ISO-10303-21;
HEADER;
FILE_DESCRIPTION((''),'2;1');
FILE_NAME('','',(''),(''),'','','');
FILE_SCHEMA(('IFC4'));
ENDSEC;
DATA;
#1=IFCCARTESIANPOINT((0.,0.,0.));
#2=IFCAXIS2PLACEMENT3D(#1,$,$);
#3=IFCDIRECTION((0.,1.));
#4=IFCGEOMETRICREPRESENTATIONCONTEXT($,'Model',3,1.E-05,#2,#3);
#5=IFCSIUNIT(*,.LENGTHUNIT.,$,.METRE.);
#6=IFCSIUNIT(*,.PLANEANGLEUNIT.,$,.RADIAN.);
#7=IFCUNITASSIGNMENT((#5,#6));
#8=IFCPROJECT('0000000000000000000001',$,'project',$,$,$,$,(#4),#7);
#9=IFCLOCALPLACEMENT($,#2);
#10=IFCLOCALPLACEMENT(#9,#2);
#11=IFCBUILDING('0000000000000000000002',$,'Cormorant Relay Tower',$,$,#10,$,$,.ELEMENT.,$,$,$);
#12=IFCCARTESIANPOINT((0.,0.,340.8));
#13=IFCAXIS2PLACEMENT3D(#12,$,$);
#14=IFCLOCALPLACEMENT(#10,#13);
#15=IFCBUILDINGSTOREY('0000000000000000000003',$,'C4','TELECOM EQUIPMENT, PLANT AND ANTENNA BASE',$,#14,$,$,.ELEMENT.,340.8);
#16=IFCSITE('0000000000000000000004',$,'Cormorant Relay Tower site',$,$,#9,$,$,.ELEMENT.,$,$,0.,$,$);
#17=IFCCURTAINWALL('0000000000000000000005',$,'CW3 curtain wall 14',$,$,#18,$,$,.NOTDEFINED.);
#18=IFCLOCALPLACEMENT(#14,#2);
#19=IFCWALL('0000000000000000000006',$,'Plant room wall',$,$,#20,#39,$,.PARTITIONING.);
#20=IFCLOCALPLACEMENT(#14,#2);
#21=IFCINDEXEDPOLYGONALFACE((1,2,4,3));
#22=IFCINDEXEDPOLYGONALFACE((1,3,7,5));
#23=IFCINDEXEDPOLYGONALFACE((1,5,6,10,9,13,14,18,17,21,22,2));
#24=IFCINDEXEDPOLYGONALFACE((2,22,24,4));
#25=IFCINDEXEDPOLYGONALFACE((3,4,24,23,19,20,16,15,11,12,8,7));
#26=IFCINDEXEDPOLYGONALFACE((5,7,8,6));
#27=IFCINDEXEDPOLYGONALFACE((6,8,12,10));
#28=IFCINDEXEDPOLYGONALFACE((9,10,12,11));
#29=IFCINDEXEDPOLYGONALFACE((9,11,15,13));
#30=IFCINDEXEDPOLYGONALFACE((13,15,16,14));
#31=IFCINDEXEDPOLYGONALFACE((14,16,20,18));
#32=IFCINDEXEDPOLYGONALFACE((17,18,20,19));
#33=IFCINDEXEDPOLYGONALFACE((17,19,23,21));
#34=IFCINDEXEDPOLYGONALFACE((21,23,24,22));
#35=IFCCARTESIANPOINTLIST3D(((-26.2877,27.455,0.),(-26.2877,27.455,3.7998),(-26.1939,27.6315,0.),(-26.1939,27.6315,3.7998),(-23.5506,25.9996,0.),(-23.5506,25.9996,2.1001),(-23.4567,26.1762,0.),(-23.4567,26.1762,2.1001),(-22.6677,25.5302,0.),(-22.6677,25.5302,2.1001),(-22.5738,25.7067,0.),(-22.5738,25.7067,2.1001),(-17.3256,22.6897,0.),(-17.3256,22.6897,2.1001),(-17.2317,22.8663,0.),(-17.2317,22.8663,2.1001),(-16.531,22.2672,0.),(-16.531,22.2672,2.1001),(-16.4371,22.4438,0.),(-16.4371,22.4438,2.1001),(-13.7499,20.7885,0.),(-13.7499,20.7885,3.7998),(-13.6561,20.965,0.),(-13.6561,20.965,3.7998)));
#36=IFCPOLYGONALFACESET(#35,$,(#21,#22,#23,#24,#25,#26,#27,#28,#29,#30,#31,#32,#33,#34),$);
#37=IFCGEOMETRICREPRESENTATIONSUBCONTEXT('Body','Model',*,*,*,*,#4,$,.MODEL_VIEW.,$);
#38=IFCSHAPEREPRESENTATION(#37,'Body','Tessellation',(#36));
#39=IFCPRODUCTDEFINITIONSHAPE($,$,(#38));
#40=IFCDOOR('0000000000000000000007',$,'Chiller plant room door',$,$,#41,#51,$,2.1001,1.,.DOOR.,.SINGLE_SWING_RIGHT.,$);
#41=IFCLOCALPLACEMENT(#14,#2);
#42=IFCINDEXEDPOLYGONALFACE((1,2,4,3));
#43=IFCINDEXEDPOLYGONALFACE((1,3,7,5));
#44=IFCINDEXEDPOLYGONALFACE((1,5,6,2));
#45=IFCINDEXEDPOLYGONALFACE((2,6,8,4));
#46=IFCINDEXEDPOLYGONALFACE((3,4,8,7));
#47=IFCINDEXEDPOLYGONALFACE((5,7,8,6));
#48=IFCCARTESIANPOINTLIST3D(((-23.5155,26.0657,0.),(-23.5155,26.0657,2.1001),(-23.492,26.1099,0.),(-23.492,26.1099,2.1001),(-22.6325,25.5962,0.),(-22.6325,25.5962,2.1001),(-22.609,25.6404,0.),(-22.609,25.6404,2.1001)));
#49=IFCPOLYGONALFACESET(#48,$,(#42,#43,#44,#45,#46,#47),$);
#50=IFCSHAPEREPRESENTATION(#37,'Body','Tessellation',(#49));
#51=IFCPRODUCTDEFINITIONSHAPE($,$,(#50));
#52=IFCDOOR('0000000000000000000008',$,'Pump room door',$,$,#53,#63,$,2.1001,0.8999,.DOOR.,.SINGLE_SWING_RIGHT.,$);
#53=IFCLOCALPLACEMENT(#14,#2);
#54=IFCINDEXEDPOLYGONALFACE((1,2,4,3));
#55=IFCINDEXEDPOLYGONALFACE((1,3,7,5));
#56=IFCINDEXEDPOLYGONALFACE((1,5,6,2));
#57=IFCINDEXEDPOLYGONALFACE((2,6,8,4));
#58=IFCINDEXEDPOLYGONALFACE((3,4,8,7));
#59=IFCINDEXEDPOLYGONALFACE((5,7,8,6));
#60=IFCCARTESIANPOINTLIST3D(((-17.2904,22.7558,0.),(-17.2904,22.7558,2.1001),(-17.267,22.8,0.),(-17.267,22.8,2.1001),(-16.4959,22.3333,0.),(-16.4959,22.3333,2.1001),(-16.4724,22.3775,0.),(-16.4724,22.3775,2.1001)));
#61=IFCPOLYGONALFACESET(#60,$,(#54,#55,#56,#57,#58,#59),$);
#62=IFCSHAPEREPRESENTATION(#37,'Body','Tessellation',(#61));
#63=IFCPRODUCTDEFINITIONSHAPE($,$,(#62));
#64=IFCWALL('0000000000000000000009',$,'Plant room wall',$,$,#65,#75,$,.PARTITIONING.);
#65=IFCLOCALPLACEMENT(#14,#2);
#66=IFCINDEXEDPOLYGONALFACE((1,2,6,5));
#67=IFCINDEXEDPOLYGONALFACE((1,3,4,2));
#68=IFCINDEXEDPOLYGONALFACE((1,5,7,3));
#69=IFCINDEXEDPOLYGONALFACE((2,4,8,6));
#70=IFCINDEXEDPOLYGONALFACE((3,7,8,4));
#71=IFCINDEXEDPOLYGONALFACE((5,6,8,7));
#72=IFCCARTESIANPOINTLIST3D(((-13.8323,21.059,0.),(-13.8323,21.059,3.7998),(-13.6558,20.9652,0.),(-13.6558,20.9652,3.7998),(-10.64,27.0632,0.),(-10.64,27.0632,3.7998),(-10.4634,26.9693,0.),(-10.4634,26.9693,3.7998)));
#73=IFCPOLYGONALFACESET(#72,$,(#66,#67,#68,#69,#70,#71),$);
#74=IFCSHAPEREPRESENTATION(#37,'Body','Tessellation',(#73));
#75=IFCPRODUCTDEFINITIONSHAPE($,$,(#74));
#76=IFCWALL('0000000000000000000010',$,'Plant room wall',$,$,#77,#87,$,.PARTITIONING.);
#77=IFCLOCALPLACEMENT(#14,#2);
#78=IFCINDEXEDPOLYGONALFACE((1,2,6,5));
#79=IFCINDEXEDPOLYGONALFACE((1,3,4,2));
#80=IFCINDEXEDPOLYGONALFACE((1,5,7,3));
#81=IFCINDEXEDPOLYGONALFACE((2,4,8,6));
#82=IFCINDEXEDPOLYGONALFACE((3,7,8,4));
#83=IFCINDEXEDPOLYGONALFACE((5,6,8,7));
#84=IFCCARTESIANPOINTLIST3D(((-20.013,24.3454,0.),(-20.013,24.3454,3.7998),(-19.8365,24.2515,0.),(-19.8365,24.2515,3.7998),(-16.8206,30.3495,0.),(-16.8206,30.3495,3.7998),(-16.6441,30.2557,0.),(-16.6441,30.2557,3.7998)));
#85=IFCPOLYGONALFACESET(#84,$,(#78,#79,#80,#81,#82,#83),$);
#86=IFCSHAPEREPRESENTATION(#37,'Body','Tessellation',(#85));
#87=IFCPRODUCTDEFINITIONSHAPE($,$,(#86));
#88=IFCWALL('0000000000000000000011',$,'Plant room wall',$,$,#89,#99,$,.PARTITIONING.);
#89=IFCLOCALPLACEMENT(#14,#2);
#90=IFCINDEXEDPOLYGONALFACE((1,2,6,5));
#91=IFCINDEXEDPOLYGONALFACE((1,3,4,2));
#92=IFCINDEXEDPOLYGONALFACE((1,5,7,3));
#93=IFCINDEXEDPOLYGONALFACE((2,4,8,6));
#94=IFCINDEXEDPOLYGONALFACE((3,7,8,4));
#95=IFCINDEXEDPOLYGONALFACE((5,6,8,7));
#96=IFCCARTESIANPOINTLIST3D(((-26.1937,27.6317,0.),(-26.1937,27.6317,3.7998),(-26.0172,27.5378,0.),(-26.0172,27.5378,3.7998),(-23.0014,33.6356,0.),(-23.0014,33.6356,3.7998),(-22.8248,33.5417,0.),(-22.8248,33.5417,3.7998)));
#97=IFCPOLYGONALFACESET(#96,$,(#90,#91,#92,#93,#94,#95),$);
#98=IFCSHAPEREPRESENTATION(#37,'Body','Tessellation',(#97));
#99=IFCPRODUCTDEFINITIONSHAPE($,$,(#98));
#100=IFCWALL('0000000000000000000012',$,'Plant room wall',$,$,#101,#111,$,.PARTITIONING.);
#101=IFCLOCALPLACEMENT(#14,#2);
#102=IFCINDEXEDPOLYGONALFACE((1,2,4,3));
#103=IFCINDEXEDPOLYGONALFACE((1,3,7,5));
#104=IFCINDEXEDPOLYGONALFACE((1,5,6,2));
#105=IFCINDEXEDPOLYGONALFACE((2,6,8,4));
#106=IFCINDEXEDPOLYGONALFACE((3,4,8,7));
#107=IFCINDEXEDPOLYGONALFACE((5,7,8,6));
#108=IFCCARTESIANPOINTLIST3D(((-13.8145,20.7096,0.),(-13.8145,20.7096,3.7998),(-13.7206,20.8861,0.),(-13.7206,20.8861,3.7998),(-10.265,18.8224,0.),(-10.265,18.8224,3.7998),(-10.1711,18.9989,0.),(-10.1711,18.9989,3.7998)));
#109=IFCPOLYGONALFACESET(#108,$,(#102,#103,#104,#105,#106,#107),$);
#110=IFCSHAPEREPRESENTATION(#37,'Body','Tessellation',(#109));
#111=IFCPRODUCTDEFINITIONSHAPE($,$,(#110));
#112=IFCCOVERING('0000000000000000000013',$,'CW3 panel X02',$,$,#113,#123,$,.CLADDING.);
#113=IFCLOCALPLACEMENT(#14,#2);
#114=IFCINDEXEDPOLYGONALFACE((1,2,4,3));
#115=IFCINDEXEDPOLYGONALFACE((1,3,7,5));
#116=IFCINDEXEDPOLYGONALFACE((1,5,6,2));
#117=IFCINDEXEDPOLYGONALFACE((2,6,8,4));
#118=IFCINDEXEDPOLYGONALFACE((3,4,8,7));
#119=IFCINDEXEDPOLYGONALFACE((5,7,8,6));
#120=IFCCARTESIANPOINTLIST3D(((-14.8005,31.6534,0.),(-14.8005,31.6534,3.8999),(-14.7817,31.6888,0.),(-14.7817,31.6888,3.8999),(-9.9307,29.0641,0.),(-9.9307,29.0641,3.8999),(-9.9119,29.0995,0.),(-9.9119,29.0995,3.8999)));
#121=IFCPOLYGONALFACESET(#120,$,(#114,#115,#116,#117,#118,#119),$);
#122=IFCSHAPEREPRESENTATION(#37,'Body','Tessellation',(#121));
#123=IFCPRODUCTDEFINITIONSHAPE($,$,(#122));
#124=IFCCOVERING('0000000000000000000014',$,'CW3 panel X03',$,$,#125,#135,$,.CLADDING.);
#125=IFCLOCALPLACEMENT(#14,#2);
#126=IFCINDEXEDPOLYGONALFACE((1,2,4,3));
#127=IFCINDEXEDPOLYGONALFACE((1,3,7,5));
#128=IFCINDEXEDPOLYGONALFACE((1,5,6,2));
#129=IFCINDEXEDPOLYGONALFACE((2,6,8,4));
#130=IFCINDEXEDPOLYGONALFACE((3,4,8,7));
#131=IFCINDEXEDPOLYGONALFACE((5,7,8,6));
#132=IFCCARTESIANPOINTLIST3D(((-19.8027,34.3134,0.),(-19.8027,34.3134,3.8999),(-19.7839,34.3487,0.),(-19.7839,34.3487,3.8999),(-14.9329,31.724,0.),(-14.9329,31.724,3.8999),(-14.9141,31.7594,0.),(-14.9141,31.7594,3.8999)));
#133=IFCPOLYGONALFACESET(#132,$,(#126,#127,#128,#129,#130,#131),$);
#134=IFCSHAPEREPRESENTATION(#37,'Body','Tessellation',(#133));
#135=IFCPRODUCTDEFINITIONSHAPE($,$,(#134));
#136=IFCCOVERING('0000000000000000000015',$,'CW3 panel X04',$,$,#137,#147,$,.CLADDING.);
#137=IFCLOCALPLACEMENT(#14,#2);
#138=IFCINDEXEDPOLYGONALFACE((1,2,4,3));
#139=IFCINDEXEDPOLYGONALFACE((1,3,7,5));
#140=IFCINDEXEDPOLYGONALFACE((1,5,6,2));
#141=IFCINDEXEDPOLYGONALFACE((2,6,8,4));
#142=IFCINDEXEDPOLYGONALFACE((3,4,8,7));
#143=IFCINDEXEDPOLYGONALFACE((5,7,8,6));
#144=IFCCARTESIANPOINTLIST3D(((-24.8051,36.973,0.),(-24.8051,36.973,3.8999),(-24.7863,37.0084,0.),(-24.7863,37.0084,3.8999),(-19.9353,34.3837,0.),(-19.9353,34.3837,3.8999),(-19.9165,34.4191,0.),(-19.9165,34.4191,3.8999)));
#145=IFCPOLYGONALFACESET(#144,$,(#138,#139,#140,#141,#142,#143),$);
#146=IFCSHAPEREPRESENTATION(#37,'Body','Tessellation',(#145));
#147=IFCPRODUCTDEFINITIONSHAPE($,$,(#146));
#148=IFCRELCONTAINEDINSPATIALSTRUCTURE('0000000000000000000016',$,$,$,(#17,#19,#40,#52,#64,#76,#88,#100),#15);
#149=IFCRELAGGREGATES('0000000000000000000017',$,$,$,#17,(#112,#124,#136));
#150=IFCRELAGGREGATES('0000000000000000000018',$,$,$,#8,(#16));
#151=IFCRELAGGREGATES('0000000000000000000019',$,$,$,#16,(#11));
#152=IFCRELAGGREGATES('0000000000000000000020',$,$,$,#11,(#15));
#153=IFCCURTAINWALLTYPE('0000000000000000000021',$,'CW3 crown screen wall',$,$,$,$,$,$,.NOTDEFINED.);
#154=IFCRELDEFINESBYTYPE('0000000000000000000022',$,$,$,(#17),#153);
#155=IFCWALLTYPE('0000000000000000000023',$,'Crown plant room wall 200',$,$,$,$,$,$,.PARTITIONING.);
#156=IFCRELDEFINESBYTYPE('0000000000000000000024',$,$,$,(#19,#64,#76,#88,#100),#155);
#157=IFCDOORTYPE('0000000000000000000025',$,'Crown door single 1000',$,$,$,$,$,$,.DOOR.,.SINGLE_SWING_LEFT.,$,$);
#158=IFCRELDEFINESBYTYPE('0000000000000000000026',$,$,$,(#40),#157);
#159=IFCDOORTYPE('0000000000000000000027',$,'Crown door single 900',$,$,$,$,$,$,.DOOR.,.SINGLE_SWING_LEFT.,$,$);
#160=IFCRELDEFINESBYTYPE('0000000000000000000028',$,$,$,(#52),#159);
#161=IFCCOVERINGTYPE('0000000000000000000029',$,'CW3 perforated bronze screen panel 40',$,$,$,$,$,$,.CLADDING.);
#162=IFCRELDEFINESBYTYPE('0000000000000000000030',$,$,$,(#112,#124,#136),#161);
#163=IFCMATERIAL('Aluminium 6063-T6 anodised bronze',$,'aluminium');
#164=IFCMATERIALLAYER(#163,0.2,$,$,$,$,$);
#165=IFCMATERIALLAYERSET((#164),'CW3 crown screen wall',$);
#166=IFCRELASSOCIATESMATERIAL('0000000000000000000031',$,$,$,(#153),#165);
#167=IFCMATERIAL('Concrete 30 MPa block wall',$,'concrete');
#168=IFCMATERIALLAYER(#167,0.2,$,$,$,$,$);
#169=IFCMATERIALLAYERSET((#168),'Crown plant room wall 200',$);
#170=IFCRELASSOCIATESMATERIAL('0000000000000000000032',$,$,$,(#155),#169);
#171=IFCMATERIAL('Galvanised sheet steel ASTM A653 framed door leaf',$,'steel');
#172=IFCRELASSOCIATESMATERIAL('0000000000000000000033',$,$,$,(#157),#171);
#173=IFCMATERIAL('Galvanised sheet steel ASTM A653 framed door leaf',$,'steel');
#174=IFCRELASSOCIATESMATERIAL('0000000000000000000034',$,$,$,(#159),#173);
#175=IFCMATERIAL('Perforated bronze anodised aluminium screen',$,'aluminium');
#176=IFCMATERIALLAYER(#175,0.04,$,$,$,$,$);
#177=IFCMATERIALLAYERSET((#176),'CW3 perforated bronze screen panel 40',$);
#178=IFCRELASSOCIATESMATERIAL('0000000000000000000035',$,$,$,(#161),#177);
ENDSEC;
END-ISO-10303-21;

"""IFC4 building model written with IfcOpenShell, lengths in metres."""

from ifc_helpers import new_model, si_unit, direction, frame, frame_2d, origin, origin_2d, place, context, subcontext, project, spatial, rectangle, extrude, material, layer, layer_set, type_object, element, fill, aggregate, save


model = new_model("IFC4")

# Units and contexts
model_context = context("Model", 3, precision=1e-05, world=origin(), true_north=direction((0.0, 1.0)))
body_context = subcontext(model_context, "Body", "Model", "MODEL_VIEW")
ifc_project = project(units=[si_unit("LENGTHUNIT", "METRE"), si_unit("PLANEANGLEUNIT", "RADIAN")], contexts=[model_context])

# Site, building, storey
site_placement = place(None, origin())
site = spatial("IfcSite", under=ifc_project, at=site_placement, Name="Cormorant Relay Tower site", CompositionType="ELEMENT", RefElevation=0.0)
building_placement = place(site_placement, origin())
building = spatial("IfcBuilding", under=site, at=building_placement, Name="Cormorant Relay Tower", CompositionType="ELEMENT")
storey_placement = place(building_placement, frame((0.0, 0.0, 340.8)))
storey = spatial("IfcBuildingStorey", under=building, at=storey_placement, Name="C4", Description="TELECOM EQUIPMENT, PLANT AND ANTENNA BASE", CompositionType="ELEMENT", Elevation=340.8)

# Curtain wall
ifc_material_1 = material(Name="Aluminium 6063-T6 anodised bronze", Category="aluminium")
ifc_layer_1 = layer(ifc_material_1, 0.2)
ifc_layer_set_1 = layer_set([ifc_layer_1], Name="CW3 crown screen wall")
curtain_wall_type = type_object("IfcCurtainWallType", Name="CW3 crown screen wall", PredefinedType="NOTDEFINED", material=ifc_layer_set_1)
curtain_wall_placement = place(storey_placement, origin())
curtain_wall = element("IfcCurtainWall", 1, at=curtain_wall_placement, inside=storey, type_object=curtain_wall_type, Name="CW3 curtain wall 14", PredefinedType="NOTDEFINED")

# Shared definitions
ifc_material_2 = material(Name="Concrete 30 MPa block wall", Category="concrete")
ifc_layer_2 = layer(ifc_material_2, 0.2)
ifc_layer_set_2 = layer_set([ifc_layer_2], Name="Crown plant room wall 200")
wall_type_1 = type_object("IfcWallType", Name="Crown plant room wall 200", PredefinedType="PARTITIONING", material=ifc_layer_set_2)

# Wall, openings, doors
wall_1_placement = place(storey_placement, frame((-13.7029, 20.8767, 0.0), z_axis=(0.0, 0.0, 1.0), x_axis=(-0.882947, 0.469472, 0.0)))
wall_1 = element("IfcWall", 2, at=wall_1_placement, inside=storey, type_object=wall_type_1, Name="Plant room wall", PredefinedType="PARTITIONING", context=body_context, shape_type="SweptSolid", body=[
    extrude(rectangle(XDim=14.2, YDim=0.2, at=frame_2d((7.1001, 0.0))), origin(), (0.0, 0.0, 1.0), 3.7998),
])
opening_1_placement = place(wall_1_placement, frame((3.1499, 0.0, 0.0)))
opening_1 = element("IfcOpeningElement", 3, at=opening_1_placement, cuts=wall_1, PredefinedType="OPENING", context=body_context, shape_type="SweptSolid", body=[
    extrude(rectangle(XDim=0.8999, YDim=2.1001, at=frame_2d((0.45, 1.05))), frame((0.0, 0.1099, 0.0), z_axis=(0.0, -1.0, 0.0), x_axis=(1.0, 0.0, 0.0)), (0.0, 0.0, 1.0), 0.22),
])
opening_2_placement = place(wall_1_placement, frame((10.1001, 0.0, 0.0)))
opening_2 = element("IfcOpeningElement", 4, at=opening_2_placement, cuts=wall_1, PredefinedType="OPENING", context=body_context, shape_type="SweptSolid", body=[
    extrude(rectangle(XDim=1.0, YDim=2.1001, at=frame_2d((0.5, 1.05))), frame((0.0, 0.1099, 0.0), z_axis=(0.0, -1.0, 0.0), x_axis=(1.0, 0.0, 0.0)), (0.0, 0.0, 1.0), 0.22),
])
ifc_material_3 = material(Name="Galvanised sheet steel ASTM A653 framed door leaf", Category="steel")
door_type_1 = type_object("IfcDoorType", Name="Crown door single 1000", OperationType="SINGLE_SWING_LEFT", PredefinedType="DOOR", material=ifc_material_3)
door_1_placement = place(opening_2_placement, frame((1.0, 0.0, 0.0), z_axis=(0.0, 0.0, 1.0), x_axis=(-1.0, 0.0, 0.0)))
door_1 = element("IfcDoor", 5, at=door_1_placement, inside=storey, type_object=door_type_1, Name="Chiller plant room door", OperationType="SINGLE_SWING_RIGHT", OverallHeight=2.1001, OverallWidth=1.0, PredefinedType="DOOR", context=body_context, shape_type="SweptSolid", body=[
    extrude(rectangle(XDim=1.0, YDim=2.1001, at=frame_2d((0.5, 1.05))), frame((0.0, 0.0249, 0.0), z_axis=(0.0, -1.0, 0.0), x_axis=(1.0, 0.0, 0.0)), (0.0, 0.0, 1.0), 0.05),
])
fill(opening_2, door_1)
ifc_material_4 = material(Name="Galvanised sheet steel ASTM A653 framed door leaf", Category="steel")
door_type_2 = type_object("IfcDoorType", Name="Crown door single 900", OperationType="SINGLE_SWING_LEFT", PredefinedType="DOOR", material=ifc_material_4)
door_2_placement = place(opening_1_placement, frame((0.8999, 0.0, 0.0), z_axis=(0.0, 0.0, 1.0), x_axis=(-1.0, 0.0, 0.0)))
door_2 = element("IfcDoor", 6, at=door_2_placement, inside=storey, type_object=door_type_2, Name="Pump room door", OperationType="SINGLE_SWING_RIGHT", OverallHeight=2.1001, OverallWidth=0.8999, PredefinedType="DOOR", context=body_context, shape_type="SweptSolid", body=[
    extrude(rectangle(XDim=0.8999, YDim=2.1001, at=frame_2d((0.45, 1.05))), frame((0.0, 0.0249, 0.0), z_axis=(0.0, -1.0, 0.0), x_axis=(1.0, 0.0, 0.0)), (0.0, 0.0, 1.0), 0.05),
])
fill(opening_1, door_2)

# Walls
for number, where, z_axis, x_axis, name in (
    (7, (-10.5518, 27.0161, 0.0), (0.0, 0.0, 1.0), (-0.469462, -0.882953, 0.0), "Plant room wall"),
    (8, (-16.7324, 30.3025, 0.0), (0.0, 0.0, 1.0), (-0.469462, -0.882953, 0.0), "Plant room wall"),
):
    element("IfcWall", number, at=place(storey_placement, frame(where, z_axis=z_axis, x_axis=x_axis)), inside=storey, type_object=wall_type_1, Name=name, PredefinedType="PARTITIONING", context=body_context, shape_type="SweptSolid", body=[
        extrude(rectangle(XDim=6.8, YDim=0.2, at=frame_2d((3.3999, 0.0))), origin(), (0.0, 0.0, 1.0), 3.7998),
    ])
wall_2_placement = place(storey_placement, frame((-22.9131, 33.5886, 0.0), z_axis=(0.0, 0.0, 1.0), x_axis=(-0.469477, -0.882945, 0.0)))
element("IfcWall", 9, at=wall_2_placement, inside=storey, type_object=wall_type_1, Name="Plant room wall", PredefinedType="PARTITIONING", context=body_context, shape_type="SweptSolid", body=[
    extrude(rectangle(XDim=6.7998, YDim=0.2, at=frame_2d((3.3999, 0.0))), origin(), (0.0, 0.0, 1.0), 3.7998),
])
wall_3_placement = place(storey_placement, frame((-13.7676, 20.7979, 0.0), z_axis=(0.0, 0.0, 1.0), x_axis=(0.882961, -0.469447, 0.0)))
element("IfcWall", 10, at=wall_3_placement, inside=storey, type_object=wall_type_1, Name="Plant room wall", PredefinedType="PARTITIONING", context=body_context, shape_type="SweptSolid", body=[
    extrude(rectangle(XDim=4.02, YDim=0.2, at=frame_2d((2.01, 0.0))), origin(), (0.0, 0.0, 1.0), 3.7998),
])

# Coverings
ifc_material_5 = material(Name="Perforated bronze anodised aluminium screen", Category="aluminium")
ifc_layer_3 = layer(ifc_material_5, 0.04)
ifc_layer_set_3 = layer_set([ifc_layer_3], Name="CW3 perforated bronze screen panel 40")
covering_type = type_object("IfcCoveringType", Name="CW3 perforated bronze screen panel 40", PredefinedType="CLADDING", material=ifc_layer_set_3)
covering_1_placement = place(storey_placement, frame((-12.3562, 30.3765, 0.0), z_axis=(0.0, 0.0, 1.0), x_axis=(-0.882948, 0.469472, 0.0)))
covering_1 = element("IfcCovering", 11, at=covering_1_placement, type_object=covering_type, Name="CW3 panel X02", PredefinedType="CLADDING", context=body_context, shape_type="SweptSolid", body=[
    extrude(rectangle(XDim=5.5154, YDim=0.04, at=origin_2d()), origin(), (0.0, 0.0, 1.0), 3.8999),
])
covering_2_placement = place(storey_placement, frame((-17.3584, 33.0364, 0.0), z_axis=(0.0, 0.0, 1.0), x_axis=(-0.882948, 0.469472, 0.0)))
covering_2 = element("IfcCovering", 12, at=covering_2_placement, type_object=covering_type, Name="CW3 panel X03", PredefinedType="CLADDING", context=body_context, shape_type="SweptSolid", body=[
    extrude(rectangle(XDim=5.5154, YDim=0.04, at=origin_2d()), origin(), (0.0, 0.0, 1.0), 3.8999),
])
covering_3_placement = place(storey_placement, frame((-22.3608, 35.696, 0.0), z_axis=(0.0, 0.0, 1.0), x_axis=(-0.882948, 0.469472, 0.0)))
covering_3 = element("IfcCovering", 13, at=covering_3_placement, type_object=covering_type, Name="CW3 panel X04", PredefinedType="CLADDING", context=body_context, shape_type="SweptSolid", body=[
    extrude(rectangle(XDim=5.5154, YDim=0.04, at=origin_2d()), origin(), (0.0, 0.0, 1.0), 3.8999),
])
aggregate(curtain_wall, [covering_1, covering_2, covering_3])

save(model, "model.ifc")
